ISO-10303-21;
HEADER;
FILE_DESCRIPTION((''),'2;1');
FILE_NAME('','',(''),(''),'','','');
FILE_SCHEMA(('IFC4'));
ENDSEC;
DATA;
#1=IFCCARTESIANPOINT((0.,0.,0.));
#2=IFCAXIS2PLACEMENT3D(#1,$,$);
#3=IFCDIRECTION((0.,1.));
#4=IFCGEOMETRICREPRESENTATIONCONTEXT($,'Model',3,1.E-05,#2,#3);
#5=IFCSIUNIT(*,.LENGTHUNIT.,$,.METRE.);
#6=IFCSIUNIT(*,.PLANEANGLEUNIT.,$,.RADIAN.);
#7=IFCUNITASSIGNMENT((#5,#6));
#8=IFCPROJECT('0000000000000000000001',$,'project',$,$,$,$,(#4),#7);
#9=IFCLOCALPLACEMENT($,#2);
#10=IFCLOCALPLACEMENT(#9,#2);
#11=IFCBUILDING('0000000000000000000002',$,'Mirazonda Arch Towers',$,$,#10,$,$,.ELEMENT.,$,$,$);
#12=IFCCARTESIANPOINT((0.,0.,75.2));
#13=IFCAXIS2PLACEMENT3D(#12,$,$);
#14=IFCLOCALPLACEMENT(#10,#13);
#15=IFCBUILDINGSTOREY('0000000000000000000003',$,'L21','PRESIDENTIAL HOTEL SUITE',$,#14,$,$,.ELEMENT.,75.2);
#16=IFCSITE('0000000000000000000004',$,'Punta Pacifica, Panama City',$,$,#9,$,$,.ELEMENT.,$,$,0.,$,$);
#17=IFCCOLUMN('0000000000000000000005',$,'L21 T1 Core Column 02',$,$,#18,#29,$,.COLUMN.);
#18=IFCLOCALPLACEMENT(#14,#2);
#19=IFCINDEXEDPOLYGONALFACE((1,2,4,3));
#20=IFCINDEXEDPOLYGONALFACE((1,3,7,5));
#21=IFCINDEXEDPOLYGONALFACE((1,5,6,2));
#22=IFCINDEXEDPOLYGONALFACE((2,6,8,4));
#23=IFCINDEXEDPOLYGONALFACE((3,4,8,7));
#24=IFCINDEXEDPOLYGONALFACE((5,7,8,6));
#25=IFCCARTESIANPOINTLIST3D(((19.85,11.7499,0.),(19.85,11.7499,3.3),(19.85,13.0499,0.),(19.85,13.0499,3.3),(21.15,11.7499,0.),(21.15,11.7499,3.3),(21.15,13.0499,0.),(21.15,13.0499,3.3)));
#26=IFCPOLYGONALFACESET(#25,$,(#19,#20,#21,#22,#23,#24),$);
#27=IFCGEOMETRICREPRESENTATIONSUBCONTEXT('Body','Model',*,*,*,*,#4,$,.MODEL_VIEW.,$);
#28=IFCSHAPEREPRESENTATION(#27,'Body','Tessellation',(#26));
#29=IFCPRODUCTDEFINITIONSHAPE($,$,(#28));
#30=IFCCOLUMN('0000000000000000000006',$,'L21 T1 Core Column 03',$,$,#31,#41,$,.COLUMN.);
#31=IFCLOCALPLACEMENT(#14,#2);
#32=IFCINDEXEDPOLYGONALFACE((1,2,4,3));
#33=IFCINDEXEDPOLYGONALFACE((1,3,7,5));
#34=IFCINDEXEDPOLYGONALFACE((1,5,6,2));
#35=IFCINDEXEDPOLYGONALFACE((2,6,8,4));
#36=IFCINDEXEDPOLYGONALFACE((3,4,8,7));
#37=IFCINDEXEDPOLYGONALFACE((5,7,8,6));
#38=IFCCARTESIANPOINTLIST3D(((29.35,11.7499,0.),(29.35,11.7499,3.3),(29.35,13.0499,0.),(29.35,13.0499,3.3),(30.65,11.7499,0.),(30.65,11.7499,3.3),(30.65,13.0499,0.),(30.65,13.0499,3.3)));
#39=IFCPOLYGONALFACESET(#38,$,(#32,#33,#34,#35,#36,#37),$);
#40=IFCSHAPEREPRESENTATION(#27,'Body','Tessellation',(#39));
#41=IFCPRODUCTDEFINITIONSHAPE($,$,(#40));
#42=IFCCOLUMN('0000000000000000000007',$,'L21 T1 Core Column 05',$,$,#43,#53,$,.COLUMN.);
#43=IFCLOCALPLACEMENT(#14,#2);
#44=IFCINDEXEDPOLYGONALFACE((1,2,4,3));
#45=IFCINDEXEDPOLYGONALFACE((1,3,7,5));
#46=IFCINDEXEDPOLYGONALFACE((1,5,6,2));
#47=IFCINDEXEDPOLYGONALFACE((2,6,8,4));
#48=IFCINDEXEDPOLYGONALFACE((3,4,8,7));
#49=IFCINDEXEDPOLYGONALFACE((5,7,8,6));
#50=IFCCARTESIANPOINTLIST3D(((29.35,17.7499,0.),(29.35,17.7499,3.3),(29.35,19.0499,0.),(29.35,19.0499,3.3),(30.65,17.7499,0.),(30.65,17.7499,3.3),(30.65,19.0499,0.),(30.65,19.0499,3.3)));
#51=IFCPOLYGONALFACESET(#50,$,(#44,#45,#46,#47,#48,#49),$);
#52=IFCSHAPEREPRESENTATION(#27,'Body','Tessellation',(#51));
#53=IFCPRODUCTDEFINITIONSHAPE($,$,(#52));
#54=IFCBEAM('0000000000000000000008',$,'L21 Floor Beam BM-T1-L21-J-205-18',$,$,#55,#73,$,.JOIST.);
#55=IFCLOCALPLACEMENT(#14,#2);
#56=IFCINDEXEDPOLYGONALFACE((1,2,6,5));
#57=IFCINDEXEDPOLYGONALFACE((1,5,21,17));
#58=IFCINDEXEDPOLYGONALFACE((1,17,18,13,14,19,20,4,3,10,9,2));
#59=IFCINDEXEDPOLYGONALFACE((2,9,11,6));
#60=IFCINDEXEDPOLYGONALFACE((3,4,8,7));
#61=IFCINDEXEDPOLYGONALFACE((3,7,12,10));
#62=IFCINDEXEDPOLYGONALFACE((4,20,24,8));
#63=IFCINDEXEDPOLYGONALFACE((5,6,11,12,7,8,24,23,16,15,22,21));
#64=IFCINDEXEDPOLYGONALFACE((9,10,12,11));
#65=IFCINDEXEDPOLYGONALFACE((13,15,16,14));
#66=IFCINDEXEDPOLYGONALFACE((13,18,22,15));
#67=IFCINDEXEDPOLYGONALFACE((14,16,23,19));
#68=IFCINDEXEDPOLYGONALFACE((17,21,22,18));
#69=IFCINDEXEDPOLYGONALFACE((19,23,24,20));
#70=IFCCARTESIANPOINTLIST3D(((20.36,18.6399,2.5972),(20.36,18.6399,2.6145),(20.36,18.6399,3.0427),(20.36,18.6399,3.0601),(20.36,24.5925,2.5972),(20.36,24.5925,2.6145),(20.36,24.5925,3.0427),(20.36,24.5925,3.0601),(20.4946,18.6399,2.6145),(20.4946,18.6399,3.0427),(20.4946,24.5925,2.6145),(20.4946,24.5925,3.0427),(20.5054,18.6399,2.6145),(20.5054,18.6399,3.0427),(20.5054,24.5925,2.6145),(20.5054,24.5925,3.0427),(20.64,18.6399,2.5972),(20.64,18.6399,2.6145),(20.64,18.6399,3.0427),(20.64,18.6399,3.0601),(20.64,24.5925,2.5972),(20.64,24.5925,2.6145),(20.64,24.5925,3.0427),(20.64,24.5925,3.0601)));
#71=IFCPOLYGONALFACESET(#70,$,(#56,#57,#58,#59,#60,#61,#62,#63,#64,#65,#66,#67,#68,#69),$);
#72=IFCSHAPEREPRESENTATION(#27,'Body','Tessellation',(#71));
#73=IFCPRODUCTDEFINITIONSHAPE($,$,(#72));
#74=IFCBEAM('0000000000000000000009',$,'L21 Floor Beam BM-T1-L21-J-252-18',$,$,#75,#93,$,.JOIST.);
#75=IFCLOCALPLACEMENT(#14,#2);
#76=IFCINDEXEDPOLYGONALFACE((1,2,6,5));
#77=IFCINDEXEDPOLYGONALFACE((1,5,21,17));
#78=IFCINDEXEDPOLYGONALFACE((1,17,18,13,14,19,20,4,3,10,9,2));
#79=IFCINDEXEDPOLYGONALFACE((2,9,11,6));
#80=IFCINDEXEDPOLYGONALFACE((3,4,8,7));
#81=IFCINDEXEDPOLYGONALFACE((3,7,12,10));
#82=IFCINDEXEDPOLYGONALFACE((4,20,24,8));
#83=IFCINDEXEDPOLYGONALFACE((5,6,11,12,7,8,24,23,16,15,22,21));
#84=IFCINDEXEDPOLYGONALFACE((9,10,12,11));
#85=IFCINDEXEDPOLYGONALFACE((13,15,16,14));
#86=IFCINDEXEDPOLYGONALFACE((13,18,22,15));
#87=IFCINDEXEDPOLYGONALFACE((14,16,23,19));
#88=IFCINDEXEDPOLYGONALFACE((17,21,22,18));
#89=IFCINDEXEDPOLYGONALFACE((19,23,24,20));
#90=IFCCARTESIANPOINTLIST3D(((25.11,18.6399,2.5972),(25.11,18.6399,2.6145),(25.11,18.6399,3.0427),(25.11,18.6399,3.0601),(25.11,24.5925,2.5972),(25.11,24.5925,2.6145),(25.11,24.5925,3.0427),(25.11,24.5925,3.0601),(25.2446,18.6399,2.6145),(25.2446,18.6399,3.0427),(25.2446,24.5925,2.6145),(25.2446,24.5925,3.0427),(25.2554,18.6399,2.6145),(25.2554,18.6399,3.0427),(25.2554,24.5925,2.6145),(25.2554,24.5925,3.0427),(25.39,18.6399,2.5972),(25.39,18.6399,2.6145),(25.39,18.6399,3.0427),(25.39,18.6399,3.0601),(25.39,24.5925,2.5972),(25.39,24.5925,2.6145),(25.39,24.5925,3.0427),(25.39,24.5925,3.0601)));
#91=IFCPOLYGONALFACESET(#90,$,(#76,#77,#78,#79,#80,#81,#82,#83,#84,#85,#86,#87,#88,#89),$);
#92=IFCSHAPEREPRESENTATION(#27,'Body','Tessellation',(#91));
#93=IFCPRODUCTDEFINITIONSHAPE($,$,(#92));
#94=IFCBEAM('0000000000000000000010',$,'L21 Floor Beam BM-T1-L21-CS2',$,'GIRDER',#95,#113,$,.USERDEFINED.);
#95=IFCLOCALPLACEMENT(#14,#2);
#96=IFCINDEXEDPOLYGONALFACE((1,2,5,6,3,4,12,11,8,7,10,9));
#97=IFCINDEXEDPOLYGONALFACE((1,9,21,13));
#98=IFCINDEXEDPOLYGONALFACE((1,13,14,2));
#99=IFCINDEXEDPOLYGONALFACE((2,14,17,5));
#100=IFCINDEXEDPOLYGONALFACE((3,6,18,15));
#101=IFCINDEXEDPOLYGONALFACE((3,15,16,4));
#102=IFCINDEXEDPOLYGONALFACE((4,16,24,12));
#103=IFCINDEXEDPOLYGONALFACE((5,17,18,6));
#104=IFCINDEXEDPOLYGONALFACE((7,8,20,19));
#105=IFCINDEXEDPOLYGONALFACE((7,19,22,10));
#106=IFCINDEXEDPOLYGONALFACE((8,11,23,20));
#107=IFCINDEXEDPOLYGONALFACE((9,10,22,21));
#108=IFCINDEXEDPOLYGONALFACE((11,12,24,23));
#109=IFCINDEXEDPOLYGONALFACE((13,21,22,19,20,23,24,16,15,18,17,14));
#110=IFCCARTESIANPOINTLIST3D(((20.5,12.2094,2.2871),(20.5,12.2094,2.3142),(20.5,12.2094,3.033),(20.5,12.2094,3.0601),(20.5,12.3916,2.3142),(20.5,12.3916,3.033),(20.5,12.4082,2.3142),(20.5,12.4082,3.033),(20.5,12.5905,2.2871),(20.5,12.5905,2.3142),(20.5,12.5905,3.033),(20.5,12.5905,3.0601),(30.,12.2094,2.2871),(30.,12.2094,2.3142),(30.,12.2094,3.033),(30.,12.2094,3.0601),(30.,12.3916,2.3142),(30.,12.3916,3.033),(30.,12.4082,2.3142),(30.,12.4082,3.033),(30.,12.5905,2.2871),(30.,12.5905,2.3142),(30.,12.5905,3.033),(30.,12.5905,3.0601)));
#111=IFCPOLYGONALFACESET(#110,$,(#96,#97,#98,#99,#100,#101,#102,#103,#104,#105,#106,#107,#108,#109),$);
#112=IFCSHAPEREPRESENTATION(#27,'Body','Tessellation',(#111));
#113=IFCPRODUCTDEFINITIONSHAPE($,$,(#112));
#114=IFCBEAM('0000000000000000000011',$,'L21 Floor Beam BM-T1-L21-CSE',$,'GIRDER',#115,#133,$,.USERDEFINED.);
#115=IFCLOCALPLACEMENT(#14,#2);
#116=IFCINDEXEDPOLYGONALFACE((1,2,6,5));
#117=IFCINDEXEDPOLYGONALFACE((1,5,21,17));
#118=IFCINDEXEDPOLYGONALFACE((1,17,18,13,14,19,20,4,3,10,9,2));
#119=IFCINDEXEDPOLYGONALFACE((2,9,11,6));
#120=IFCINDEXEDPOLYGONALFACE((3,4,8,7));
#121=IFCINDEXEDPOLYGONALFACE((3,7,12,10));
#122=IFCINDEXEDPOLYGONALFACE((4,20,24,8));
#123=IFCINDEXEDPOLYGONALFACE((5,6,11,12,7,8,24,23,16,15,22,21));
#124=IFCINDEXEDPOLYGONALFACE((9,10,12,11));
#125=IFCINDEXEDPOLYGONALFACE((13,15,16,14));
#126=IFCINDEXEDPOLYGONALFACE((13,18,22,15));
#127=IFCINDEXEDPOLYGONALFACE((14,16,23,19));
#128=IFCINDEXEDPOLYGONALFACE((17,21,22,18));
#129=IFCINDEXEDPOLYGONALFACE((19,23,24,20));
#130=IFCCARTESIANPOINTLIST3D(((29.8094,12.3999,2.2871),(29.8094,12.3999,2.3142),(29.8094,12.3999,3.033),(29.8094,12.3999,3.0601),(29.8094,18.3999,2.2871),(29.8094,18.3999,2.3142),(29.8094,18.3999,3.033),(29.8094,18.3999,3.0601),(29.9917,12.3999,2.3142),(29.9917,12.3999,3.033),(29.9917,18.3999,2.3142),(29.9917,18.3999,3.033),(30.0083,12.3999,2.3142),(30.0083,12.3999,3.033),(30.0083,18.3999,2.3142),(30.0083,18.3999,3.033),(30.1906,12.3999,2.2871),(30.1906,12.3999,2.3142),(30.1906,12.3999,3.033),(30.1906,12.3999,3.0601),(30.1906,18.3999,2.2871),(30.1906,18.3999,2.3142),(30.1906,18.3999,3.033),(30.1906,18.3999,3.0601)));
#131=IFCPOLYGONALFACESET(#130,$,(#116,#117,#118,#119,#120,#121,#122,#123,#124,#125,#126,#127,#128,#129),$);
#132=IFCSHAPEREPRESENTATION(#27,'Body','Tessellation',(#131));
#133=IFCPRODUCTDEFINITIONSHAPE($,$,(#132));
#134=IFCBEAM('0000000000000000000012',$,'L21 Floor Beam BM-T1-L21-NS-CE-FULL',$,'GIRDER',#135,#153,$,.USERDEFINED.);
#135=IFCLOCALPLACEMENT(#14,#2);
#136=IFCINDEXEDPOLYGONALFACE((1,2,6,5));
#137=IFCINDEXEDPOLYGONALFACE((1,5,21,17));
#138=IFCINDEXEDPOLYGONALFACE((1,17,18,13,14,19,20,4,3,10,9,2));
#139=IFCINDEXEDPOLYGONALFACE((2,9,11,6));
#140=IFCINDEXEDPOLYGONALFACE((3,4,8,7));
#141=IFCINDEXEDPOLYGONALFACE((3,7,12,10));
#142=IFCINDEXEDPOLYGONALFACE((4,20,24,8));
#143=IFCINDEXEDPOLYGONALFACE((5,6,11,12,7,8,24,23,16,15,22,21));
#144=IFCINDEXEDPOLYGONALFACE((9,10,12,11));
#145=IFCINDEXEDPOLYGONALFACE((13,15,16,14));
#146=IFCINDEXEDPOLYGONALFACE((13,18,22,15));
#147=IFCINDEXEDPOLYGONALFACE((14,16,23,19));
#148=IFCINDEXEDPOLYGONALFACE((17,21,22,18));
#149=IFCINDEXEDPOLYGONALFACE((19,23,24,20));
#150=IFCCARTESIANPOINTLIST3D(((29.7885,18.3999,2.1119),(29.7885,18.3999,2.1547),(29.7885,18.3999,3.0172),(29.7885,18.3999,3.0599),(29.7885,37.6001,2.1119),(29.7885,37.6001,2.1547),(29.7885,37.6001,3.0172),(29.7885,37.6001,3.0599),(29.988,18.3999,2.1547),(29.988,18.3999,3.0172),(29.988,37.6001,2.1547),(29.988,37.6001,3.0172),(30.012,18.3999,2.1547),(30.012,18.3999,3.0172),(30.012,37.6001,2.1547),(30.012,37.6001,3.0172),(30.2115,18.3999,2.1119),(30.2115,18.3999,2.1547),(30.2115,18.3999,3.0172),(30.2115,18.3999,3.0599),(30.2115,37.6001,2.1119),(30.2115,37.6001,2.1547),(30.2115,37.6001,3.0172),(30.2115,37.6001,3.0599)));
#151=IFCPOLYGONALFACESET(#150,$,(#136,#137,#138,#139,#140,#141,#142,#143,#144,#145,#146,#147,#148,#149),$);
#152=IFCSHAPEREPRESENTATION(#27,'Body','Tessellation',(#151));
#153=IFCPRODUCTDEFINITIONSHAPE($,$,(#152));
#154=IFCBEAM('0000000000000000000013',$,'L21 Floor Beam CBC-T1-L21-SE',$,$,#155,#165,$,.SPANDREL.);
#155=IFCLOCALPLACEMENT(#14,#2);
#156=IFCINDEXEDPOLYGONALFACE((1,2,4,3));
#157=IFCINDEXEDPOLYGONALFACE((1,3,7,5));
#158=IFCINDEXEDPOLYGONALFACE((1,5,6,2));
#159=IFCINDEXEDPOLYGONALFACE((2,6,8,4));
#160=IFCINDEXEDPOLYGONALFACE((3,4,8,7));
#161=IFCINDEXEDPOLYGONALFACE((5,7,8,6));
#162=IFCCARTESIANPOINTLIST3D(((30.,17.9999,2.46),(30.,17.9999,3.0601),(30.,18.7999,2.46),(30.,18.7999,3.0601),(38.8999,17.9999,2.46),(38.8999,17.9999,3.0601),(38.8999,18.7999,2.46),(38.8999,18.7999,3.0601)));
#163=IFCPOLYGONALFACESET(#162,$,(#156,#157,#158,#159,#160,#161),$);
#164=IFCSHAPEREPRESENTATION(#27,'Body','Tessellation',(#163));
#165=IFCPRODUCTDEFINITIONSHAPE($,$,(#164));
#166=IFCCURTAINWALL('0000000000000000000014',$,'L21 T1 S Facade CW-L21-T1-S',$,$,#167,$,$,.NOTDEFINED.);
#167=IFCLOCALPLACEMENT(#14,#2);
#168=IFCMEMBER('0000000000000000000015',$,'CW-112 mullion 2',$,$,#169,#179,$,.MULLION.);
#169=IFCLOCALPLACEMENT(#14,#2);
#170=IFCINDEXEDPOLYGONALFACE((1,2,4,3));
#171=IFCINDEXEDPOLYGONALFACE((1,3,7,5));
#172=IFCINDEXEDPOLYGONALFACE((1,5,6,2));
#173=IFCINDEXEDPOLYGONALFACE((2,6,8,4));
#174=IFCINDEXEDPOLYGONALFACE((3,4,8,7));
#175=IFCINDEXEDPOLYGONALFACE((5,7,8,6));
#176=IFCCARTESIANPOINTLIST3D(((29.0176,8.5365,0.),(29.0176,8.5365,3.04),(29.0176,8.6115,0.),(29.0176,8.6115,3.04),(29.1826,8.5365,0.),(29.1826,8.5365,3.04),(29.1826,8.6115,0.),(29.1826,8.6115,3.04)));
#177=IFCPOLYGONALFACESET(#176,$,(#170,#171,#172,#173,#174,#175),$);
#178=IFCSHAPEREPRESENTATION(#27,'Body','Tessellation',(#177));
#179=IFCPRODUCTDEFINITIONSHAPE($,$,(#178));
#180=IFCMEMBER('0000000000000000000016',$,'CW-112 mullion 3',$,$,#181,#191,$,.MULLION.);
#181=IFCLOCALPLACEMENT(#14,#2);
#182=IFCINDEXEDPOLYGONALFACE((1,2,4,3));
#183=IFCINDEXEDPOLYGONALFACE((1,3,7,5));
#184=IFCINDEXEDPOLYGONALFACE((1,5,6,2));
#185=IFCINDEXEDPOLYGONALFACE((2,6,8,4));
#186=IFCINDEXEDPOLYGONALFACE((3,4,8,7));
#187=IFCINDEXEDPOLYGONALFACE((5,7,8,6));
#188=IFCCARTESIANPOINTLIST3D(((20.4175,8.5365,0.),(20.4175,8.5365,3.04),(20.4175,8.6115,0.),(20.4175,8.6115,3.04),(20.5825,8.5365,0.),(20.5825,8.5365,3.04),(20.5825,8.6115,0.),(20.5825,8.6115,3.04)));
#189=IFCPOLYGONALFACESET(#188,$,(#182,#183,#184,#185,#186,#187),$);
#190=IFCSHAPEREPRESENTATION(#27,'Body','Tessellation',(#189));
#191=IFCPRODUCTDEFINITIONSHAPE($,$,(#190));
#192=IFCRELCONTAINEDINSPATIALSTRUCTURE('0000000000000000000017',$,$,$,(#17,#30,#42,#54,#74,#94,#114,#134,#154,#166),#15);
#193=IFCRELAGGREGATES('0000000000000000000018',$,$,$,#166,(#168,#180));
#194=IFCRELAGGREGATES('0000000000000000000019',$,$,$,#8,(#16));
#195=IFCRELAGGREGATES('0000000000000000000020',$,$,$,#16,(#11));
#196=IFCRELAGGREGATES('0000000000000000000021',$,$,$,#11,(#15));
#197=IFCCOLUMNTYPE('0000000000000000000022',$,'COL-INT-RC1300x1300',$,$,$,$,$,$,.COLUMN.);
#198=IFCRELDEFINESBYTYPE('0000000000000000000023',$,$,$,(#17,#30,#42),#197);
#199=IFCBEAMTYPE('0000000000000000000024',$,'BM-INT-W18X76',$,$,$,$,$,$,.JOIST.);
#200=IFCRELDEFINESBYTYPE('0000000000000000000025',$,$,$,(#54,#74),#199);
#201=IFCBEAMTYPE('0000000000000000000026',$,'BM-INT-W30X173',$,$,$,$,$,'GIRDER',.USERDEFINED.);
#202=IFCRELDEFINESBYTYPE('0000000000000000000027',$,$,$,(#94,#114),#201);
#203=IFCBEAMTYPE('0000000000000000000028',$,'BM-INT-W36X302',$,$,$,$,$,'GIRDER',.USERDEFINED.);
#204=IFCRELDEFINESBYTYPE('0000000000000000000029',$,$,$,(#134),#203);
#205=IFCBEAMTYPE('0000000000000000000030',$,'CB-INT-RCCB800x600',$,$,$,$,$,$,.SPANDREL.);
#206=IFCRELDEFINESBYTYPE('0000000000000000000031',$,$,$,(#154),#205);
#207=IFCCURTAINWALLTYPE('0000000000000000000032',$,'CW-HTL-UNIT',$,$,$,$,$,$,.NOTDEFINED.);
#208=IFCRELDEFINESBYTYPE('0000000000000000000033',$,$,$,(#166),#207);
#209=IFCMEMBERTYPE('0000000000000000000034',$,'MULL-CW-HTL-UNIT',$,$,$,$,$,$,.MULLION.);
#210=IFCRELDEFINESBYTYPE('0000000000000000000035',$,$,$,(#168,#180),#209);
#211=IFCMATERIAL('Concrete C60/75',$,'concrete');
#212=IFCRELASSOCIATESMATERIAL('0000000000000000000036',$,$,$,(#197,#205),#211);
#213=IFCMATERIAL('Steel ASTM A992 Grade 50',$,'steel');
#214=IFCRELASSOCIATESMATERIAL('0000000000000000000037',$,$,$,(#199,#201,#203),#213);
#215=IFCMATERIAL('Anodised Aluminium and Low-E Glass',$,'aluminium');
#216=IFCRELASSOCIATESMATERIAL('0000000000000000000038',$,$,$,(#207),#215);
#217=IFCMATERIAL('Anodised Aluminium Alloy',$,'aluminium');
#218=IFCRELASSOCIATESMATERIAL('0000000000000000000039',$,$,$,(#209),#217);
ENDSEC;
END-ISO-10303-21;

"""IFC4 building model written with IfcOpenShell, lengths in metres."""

from ifc_helpers import new_model, si_unit, direction, frame, origin, origin_2d, place, context, subcontext, project, spatial, rectangle, i_section, extrude, material, material_profile, profile_set, type_object, element, aggregate, save


model = new_model("IFC4")

# Units and contexts
model_context = context("Model", 3, precision=1e-05, world=origin(), true_north=direction((0.0, 1.0)))
body_context = subcontext(model_context, "Body", "Model", "MODEL_VIEW")
ifc_project = project(units=[si_unit("LENGTHUNIT", "METRE"), si_unit("PLANEANGLEUNIT", "RADIAN")], contexts=[model_context])

# Site, building, storey
site_placement = place(None, origin())
site = spatial("IfcSite", under=ifc_project, at=site_placement, Name="Punta Pacifica, Panama City", CompositionType="ELEMENT", RefElevation=0.0)
building_placement = place(site_placement, origin())
building = spatial("IfcBuilding", under=site, at=building_placement, Name="Mirazonda Arch Towers", CompositionType="ELEMENT")
storey_placement = place(building_placement, frame((0.0, 0.0, 75.2)))
storey = spatial("IfcBuildingStorey", under=building, at=storey_placement, Name="L21", Description="PRESIDENTIAL HOTEL SUITE", CompositionType="ELEMENT", Elevation=75.2)

# Columns
ifc_material_1 = material(Name="Concrete C60/75", Category="concrete")
ifc_material_profile_1 = material_profile(ifc_material_1, rectangle(XDim=1.3, YDim=1.3, at=origin_2d()), Name="RC1300x1300")
ifc_profile_set_1 = profile_set([ifc_material_profile_1], Name="Concrete C60/75")
column_type = type_object("IfcColumnType", Name="COL-INT-RC1300x1300", PredefinedType="COLUMN", material=ifc_profile_set_1)
for number, where, z_axis, x_axis, name in (
    (1, (20.5, 12.3999, 0.0), (0.0, 0.0, 1.0), (1.0, 0.0, 0.0), "L21 T1 Core Column 02"),
    (2, (30.0, 12.3999, 0.0), (0.0, 0.0, 1.0), (1.0, 0.0, 0.0), "L21 T1 Core Column 03"),
    (3, (30.0, 18.3999, 0.0), (0.0, 0.0, 1.0), (1.0, 0.0, 0.0), "L21 T1 Core Column 05"),
):
    element("IfcColumn", number, at=place(storey_placement, frame(where, z_axis=z_axis, x_axis=x_axis)), inside=storey, type_object=column_type, Name=name, PredefinedType="COLUMN", context=body_context, shape_type="SweptSolid", body=[
        extrude(rectangle(XDim=1.3, YDim=1.3, at=origin_2d()), origin(), (0.0, 0.0, 1.0), 3.3),
    ])

# Beams
ifc_material_2 = material(Name="Steel ASTM A992 Grade 50", Category="steel")
ifc_material_profile_2 = material_profile(ifc_material_2, i_section(OverallWidth=0.28, OverallDepth=0.4629, WebThickness=0.0107, FlangeThickness=0.0173, at=origin_2d()), Name="W18X76")
ifc_profile_set_2 = profile_set([ifc_material_profile_2], Name="Steel ASTM A992 Grade 50")
beam_type_1 = type_object("IfcBeamType", Name="BM-INT-W18X76", PredefinedType="JOIST", material=ifc_profile_set_2)
for number, where, z_axis, x_axis, name in (
    (4, (20.5, 18.6399, 2.8286), (0.0, 1.0, 0.0), (-1.0, 0.0, 0.0), "L21 Floor Beam BM-T1-L21-J-205-18"),
    (5, (25.25, 18.6399, 2.8286), (0.0, 1.0, 0.0), (-1.0, 0.0, 0.0), "L21 Floor Beam BM-T1-L21-J-252-18"),
):
    element("IfcBeam", number, at=place(storey_placement, frame(where, z_axis=z_axis, x_axis=x_axis)), inside=storey, type_object=beam_type_1, Name=name, PredefinedType="JOIST", context=body_context, shape_type="SweptSolid", body=[
        extrude(i_section(OverallWidth=0.28, OverallDepth=0.4629, WebThickness=0.0107, FlangeThickness=0.0173, at=origin_2d()), origin(), (0.0, 0.0, 1.0), 5.9526),
    ])
ifc_material_profile_3 = material_profile(ifc_material_2, i_section(OverallWidth=0.3811, OverallDepth=0.7729, WebThickness=0.0166, FlangeThickness=0.0271, at=origin_2d()), Name="W30X173")
ifc_profile_set_3 = profile_set([ifc_material_profile_3], Name="Steel ASTM A992 Grade 50")
beam_type_2 = type_object("IfcBeamType", Name="BM-INT-W30X173", ElementType="GIRDER", PredefinedType="USERDEFINED", material=ifc_profile_set_3)
beam_1_placement = place(storey_placement, frame((20.5, 12.3999, 2.6736), z_axis=(1.0, 0.0, 0.0), x_axis=(0.0, 1.0, 0.0)))
element("IfcBeam", 6, at=beam_1_placement, inside=storey, type_object=beam_type_2, Name="L21 Floor Beam BM-T1-L21-CS2", ObjectType="GIRDER", PredefinedType="USERDEFINED", context=body_context, shape_type="SweptSolid", body=[
    extrude(i_section(OverallWidth=0.3811, OverallDepth=0.7729, WebThickness=0.0166, FlangeThickness=0.0271, at=origin_2d()), origin(), (0.0, 0.0, 1.0), 9.5),
])
beam_2_placement = place(storey_placement, frame((30.0, 12.3999, 2.6736), z_axis=(0.0, 1.0, 0.0), x_axis=(-1.0, 0.0, 0.0)))
element("IfcBeam", 7, at=beam_2_placement, inside=storey, type_object=beam_type_2, Name="L21 Floor Beam BM-T1-L21-CSE", ObjectType="GIRDER", PredefinedType="USERDEFINED", context=body_context, shape_type="SweptSolid", body=[
    extrude(i_section(OverallWidth=0.3811, OverallDepth=0.7729, WebThickness=0.0166, FlangeThickness=0.0271, at=origin_2d()), origin(), (0.0, 0.0, 1.0), 6.0),
])
ifc_material_profile_4 = material_profile(ifc_material_2, i_section(OverallWidth=0.4231, OverallDepth=0.948, WebThickness=0.0239, FlangeThickness=0.0427, at=origin_2d()), Name="W36X302")
ifc_profile_set_4 = profile_set([ifc_material_profile_4], Name="Steel ASTM A992 Grade 50")
beam_type_3 = type_object("IfcBeamType", Name="BM-INT-W36X302", ElementType="GIRDER", PredefinedType="USERDEFINED", material=ifc_profile_set_4)
beam_3_placement = place(storey_placement, frame((30.0, 18.3999, 2.5859), z_axis=(0.0, 1.0, 0.0), x_axis=(-1.0, 0.0, 0.0)))
element("IfcBeam", 8, at=beam_3_placement, inside=storey, type_object=beam_type_3, Name="L21 Floor Beam BM-T1-L21-NS-CE-FULL", ObjectType="GIRDER", PredefinedType="USERDEFINED", context=body_context, shape_type="SweptSolid", body=[
    extrude(i_section(OverallWidth=0.4231, OverallDepth=0.948, WebThickness=0.0239, FlangeThickness=0.0427, at=origin_2d()), origin(), (0.0, 0.0, 1.0), 19.2002),
])
ifc_material_profile_5 = material_profile(ifc_material_1, rectangle(XDim=0.8, YDim=0.6001, at=origin_2d()), Name="RCCB800x600")
ifc_profile_set_5 = profile_set([ifc_material_profile_5], Name="Concrete C60/75")
beam_type_4 = type_object("IfcBeamType", Name="CB-INT-RCCB800x600", PredefinedType="SPANDREL", material=ifc_profile_set_5)
beam_4_placement = place(storey_placement, frame((30.0, 18.3999, 2.76), z_axis=(1.0, 0.0, 0.0), x_axis=(0.0, 1.0, 0.0)))
element("IfcBeam", 9, at=beam_4_placement, inside=storey, type_object=beam_type_4, Name="L21 Floor Beam CBC-T1-L21-SE", PredefinedType="SPANDREL", context=body_context, shape_type="SweptSolid", body=[
    extrude(rectangle(XDim=0.8, YDim=0.6001, at=origin_2d()), origin(), (0.0, 0.0, 1.0), 8.8999),
])

# Curtain wall, members
ifc_material_3 = material(Name="Anodised Aluminium and Low-E Glass", Category="aluminium")
curtain_wall_type = type_object("IfcCurtainWallType", Name="CW-HTL-UNIT", PredefinedType="NOTDEFINED", material=ifc_material_3)
curtain_wall_placement = place(storey_placement, origin())
curtain_wall = element("IfcCurtainWall", 10, at=curtain_wall_placement, inside=storey, type_object=curtain_wall_type, Name="L21 T1 S Facade CW-L21-T1-S", PredefinedType="NOTDEFINED")
ifc_material_4 = material(Name="Anodised Aluminium Alloy", Category="aluminium")
ifc_material_profile_6 = material_profile(ifc_material_4, rectangle(XDim=0.075, YDim=0.165, at=origin_2d()), Name="ALU-MULL-75x165")
ifc_profile_set_6 = profile_set([ifc_material_profile_6], Name="Anodised Aluminium Alloy")
member_type_1 = type_object("IfcMemberType", Name="MULL-CW-HTL-UNIT", PredefinedType="MULLION", material=ifc_profile_set_6)
member_1_placement = place(storey_placement, frame((29.1001, 8.574, 0.0), z_axis=(0.0, 0.0, 1.0), x_axis=(0.0, -1.0, 0.0)))
member_1 = element("IfcMember", 11, at=member_1_placement, type_object=member_type_1, Name="CW-112 mullion 2", PredefinedType="MULLION", context=body_context, shape_type="SweptSolid", body=[
    extrude(rectangle(XDim=0.075, YDim=0.165, at=origin_2d()), origin(), (0.0, 0.0, 1.0), 3.04),
])
member_2_placement = place(storey_placement, frame((20.5, 8.574, 0.0), z_axis=(0.0, 0.0, 1.0), x_axis=(0.0, -1.0, 0.0)))
member_2 = element("IfcMember", 12, at=member_2_placement, type_object=member_type_1, Name="CW-112 mullion 3", PredefinedType="MULLION", context=body_context, shape_type="SweptSolid", body=[
    extrude(rectangle(XDim=0.075, YDim=0.165, at=origin_2d()), origin(), (0.0, 0.0, 1.0), 3.04),
])
aggregate(curtain_wall, [member_1, member_2])

save(model, "model.ifc")
